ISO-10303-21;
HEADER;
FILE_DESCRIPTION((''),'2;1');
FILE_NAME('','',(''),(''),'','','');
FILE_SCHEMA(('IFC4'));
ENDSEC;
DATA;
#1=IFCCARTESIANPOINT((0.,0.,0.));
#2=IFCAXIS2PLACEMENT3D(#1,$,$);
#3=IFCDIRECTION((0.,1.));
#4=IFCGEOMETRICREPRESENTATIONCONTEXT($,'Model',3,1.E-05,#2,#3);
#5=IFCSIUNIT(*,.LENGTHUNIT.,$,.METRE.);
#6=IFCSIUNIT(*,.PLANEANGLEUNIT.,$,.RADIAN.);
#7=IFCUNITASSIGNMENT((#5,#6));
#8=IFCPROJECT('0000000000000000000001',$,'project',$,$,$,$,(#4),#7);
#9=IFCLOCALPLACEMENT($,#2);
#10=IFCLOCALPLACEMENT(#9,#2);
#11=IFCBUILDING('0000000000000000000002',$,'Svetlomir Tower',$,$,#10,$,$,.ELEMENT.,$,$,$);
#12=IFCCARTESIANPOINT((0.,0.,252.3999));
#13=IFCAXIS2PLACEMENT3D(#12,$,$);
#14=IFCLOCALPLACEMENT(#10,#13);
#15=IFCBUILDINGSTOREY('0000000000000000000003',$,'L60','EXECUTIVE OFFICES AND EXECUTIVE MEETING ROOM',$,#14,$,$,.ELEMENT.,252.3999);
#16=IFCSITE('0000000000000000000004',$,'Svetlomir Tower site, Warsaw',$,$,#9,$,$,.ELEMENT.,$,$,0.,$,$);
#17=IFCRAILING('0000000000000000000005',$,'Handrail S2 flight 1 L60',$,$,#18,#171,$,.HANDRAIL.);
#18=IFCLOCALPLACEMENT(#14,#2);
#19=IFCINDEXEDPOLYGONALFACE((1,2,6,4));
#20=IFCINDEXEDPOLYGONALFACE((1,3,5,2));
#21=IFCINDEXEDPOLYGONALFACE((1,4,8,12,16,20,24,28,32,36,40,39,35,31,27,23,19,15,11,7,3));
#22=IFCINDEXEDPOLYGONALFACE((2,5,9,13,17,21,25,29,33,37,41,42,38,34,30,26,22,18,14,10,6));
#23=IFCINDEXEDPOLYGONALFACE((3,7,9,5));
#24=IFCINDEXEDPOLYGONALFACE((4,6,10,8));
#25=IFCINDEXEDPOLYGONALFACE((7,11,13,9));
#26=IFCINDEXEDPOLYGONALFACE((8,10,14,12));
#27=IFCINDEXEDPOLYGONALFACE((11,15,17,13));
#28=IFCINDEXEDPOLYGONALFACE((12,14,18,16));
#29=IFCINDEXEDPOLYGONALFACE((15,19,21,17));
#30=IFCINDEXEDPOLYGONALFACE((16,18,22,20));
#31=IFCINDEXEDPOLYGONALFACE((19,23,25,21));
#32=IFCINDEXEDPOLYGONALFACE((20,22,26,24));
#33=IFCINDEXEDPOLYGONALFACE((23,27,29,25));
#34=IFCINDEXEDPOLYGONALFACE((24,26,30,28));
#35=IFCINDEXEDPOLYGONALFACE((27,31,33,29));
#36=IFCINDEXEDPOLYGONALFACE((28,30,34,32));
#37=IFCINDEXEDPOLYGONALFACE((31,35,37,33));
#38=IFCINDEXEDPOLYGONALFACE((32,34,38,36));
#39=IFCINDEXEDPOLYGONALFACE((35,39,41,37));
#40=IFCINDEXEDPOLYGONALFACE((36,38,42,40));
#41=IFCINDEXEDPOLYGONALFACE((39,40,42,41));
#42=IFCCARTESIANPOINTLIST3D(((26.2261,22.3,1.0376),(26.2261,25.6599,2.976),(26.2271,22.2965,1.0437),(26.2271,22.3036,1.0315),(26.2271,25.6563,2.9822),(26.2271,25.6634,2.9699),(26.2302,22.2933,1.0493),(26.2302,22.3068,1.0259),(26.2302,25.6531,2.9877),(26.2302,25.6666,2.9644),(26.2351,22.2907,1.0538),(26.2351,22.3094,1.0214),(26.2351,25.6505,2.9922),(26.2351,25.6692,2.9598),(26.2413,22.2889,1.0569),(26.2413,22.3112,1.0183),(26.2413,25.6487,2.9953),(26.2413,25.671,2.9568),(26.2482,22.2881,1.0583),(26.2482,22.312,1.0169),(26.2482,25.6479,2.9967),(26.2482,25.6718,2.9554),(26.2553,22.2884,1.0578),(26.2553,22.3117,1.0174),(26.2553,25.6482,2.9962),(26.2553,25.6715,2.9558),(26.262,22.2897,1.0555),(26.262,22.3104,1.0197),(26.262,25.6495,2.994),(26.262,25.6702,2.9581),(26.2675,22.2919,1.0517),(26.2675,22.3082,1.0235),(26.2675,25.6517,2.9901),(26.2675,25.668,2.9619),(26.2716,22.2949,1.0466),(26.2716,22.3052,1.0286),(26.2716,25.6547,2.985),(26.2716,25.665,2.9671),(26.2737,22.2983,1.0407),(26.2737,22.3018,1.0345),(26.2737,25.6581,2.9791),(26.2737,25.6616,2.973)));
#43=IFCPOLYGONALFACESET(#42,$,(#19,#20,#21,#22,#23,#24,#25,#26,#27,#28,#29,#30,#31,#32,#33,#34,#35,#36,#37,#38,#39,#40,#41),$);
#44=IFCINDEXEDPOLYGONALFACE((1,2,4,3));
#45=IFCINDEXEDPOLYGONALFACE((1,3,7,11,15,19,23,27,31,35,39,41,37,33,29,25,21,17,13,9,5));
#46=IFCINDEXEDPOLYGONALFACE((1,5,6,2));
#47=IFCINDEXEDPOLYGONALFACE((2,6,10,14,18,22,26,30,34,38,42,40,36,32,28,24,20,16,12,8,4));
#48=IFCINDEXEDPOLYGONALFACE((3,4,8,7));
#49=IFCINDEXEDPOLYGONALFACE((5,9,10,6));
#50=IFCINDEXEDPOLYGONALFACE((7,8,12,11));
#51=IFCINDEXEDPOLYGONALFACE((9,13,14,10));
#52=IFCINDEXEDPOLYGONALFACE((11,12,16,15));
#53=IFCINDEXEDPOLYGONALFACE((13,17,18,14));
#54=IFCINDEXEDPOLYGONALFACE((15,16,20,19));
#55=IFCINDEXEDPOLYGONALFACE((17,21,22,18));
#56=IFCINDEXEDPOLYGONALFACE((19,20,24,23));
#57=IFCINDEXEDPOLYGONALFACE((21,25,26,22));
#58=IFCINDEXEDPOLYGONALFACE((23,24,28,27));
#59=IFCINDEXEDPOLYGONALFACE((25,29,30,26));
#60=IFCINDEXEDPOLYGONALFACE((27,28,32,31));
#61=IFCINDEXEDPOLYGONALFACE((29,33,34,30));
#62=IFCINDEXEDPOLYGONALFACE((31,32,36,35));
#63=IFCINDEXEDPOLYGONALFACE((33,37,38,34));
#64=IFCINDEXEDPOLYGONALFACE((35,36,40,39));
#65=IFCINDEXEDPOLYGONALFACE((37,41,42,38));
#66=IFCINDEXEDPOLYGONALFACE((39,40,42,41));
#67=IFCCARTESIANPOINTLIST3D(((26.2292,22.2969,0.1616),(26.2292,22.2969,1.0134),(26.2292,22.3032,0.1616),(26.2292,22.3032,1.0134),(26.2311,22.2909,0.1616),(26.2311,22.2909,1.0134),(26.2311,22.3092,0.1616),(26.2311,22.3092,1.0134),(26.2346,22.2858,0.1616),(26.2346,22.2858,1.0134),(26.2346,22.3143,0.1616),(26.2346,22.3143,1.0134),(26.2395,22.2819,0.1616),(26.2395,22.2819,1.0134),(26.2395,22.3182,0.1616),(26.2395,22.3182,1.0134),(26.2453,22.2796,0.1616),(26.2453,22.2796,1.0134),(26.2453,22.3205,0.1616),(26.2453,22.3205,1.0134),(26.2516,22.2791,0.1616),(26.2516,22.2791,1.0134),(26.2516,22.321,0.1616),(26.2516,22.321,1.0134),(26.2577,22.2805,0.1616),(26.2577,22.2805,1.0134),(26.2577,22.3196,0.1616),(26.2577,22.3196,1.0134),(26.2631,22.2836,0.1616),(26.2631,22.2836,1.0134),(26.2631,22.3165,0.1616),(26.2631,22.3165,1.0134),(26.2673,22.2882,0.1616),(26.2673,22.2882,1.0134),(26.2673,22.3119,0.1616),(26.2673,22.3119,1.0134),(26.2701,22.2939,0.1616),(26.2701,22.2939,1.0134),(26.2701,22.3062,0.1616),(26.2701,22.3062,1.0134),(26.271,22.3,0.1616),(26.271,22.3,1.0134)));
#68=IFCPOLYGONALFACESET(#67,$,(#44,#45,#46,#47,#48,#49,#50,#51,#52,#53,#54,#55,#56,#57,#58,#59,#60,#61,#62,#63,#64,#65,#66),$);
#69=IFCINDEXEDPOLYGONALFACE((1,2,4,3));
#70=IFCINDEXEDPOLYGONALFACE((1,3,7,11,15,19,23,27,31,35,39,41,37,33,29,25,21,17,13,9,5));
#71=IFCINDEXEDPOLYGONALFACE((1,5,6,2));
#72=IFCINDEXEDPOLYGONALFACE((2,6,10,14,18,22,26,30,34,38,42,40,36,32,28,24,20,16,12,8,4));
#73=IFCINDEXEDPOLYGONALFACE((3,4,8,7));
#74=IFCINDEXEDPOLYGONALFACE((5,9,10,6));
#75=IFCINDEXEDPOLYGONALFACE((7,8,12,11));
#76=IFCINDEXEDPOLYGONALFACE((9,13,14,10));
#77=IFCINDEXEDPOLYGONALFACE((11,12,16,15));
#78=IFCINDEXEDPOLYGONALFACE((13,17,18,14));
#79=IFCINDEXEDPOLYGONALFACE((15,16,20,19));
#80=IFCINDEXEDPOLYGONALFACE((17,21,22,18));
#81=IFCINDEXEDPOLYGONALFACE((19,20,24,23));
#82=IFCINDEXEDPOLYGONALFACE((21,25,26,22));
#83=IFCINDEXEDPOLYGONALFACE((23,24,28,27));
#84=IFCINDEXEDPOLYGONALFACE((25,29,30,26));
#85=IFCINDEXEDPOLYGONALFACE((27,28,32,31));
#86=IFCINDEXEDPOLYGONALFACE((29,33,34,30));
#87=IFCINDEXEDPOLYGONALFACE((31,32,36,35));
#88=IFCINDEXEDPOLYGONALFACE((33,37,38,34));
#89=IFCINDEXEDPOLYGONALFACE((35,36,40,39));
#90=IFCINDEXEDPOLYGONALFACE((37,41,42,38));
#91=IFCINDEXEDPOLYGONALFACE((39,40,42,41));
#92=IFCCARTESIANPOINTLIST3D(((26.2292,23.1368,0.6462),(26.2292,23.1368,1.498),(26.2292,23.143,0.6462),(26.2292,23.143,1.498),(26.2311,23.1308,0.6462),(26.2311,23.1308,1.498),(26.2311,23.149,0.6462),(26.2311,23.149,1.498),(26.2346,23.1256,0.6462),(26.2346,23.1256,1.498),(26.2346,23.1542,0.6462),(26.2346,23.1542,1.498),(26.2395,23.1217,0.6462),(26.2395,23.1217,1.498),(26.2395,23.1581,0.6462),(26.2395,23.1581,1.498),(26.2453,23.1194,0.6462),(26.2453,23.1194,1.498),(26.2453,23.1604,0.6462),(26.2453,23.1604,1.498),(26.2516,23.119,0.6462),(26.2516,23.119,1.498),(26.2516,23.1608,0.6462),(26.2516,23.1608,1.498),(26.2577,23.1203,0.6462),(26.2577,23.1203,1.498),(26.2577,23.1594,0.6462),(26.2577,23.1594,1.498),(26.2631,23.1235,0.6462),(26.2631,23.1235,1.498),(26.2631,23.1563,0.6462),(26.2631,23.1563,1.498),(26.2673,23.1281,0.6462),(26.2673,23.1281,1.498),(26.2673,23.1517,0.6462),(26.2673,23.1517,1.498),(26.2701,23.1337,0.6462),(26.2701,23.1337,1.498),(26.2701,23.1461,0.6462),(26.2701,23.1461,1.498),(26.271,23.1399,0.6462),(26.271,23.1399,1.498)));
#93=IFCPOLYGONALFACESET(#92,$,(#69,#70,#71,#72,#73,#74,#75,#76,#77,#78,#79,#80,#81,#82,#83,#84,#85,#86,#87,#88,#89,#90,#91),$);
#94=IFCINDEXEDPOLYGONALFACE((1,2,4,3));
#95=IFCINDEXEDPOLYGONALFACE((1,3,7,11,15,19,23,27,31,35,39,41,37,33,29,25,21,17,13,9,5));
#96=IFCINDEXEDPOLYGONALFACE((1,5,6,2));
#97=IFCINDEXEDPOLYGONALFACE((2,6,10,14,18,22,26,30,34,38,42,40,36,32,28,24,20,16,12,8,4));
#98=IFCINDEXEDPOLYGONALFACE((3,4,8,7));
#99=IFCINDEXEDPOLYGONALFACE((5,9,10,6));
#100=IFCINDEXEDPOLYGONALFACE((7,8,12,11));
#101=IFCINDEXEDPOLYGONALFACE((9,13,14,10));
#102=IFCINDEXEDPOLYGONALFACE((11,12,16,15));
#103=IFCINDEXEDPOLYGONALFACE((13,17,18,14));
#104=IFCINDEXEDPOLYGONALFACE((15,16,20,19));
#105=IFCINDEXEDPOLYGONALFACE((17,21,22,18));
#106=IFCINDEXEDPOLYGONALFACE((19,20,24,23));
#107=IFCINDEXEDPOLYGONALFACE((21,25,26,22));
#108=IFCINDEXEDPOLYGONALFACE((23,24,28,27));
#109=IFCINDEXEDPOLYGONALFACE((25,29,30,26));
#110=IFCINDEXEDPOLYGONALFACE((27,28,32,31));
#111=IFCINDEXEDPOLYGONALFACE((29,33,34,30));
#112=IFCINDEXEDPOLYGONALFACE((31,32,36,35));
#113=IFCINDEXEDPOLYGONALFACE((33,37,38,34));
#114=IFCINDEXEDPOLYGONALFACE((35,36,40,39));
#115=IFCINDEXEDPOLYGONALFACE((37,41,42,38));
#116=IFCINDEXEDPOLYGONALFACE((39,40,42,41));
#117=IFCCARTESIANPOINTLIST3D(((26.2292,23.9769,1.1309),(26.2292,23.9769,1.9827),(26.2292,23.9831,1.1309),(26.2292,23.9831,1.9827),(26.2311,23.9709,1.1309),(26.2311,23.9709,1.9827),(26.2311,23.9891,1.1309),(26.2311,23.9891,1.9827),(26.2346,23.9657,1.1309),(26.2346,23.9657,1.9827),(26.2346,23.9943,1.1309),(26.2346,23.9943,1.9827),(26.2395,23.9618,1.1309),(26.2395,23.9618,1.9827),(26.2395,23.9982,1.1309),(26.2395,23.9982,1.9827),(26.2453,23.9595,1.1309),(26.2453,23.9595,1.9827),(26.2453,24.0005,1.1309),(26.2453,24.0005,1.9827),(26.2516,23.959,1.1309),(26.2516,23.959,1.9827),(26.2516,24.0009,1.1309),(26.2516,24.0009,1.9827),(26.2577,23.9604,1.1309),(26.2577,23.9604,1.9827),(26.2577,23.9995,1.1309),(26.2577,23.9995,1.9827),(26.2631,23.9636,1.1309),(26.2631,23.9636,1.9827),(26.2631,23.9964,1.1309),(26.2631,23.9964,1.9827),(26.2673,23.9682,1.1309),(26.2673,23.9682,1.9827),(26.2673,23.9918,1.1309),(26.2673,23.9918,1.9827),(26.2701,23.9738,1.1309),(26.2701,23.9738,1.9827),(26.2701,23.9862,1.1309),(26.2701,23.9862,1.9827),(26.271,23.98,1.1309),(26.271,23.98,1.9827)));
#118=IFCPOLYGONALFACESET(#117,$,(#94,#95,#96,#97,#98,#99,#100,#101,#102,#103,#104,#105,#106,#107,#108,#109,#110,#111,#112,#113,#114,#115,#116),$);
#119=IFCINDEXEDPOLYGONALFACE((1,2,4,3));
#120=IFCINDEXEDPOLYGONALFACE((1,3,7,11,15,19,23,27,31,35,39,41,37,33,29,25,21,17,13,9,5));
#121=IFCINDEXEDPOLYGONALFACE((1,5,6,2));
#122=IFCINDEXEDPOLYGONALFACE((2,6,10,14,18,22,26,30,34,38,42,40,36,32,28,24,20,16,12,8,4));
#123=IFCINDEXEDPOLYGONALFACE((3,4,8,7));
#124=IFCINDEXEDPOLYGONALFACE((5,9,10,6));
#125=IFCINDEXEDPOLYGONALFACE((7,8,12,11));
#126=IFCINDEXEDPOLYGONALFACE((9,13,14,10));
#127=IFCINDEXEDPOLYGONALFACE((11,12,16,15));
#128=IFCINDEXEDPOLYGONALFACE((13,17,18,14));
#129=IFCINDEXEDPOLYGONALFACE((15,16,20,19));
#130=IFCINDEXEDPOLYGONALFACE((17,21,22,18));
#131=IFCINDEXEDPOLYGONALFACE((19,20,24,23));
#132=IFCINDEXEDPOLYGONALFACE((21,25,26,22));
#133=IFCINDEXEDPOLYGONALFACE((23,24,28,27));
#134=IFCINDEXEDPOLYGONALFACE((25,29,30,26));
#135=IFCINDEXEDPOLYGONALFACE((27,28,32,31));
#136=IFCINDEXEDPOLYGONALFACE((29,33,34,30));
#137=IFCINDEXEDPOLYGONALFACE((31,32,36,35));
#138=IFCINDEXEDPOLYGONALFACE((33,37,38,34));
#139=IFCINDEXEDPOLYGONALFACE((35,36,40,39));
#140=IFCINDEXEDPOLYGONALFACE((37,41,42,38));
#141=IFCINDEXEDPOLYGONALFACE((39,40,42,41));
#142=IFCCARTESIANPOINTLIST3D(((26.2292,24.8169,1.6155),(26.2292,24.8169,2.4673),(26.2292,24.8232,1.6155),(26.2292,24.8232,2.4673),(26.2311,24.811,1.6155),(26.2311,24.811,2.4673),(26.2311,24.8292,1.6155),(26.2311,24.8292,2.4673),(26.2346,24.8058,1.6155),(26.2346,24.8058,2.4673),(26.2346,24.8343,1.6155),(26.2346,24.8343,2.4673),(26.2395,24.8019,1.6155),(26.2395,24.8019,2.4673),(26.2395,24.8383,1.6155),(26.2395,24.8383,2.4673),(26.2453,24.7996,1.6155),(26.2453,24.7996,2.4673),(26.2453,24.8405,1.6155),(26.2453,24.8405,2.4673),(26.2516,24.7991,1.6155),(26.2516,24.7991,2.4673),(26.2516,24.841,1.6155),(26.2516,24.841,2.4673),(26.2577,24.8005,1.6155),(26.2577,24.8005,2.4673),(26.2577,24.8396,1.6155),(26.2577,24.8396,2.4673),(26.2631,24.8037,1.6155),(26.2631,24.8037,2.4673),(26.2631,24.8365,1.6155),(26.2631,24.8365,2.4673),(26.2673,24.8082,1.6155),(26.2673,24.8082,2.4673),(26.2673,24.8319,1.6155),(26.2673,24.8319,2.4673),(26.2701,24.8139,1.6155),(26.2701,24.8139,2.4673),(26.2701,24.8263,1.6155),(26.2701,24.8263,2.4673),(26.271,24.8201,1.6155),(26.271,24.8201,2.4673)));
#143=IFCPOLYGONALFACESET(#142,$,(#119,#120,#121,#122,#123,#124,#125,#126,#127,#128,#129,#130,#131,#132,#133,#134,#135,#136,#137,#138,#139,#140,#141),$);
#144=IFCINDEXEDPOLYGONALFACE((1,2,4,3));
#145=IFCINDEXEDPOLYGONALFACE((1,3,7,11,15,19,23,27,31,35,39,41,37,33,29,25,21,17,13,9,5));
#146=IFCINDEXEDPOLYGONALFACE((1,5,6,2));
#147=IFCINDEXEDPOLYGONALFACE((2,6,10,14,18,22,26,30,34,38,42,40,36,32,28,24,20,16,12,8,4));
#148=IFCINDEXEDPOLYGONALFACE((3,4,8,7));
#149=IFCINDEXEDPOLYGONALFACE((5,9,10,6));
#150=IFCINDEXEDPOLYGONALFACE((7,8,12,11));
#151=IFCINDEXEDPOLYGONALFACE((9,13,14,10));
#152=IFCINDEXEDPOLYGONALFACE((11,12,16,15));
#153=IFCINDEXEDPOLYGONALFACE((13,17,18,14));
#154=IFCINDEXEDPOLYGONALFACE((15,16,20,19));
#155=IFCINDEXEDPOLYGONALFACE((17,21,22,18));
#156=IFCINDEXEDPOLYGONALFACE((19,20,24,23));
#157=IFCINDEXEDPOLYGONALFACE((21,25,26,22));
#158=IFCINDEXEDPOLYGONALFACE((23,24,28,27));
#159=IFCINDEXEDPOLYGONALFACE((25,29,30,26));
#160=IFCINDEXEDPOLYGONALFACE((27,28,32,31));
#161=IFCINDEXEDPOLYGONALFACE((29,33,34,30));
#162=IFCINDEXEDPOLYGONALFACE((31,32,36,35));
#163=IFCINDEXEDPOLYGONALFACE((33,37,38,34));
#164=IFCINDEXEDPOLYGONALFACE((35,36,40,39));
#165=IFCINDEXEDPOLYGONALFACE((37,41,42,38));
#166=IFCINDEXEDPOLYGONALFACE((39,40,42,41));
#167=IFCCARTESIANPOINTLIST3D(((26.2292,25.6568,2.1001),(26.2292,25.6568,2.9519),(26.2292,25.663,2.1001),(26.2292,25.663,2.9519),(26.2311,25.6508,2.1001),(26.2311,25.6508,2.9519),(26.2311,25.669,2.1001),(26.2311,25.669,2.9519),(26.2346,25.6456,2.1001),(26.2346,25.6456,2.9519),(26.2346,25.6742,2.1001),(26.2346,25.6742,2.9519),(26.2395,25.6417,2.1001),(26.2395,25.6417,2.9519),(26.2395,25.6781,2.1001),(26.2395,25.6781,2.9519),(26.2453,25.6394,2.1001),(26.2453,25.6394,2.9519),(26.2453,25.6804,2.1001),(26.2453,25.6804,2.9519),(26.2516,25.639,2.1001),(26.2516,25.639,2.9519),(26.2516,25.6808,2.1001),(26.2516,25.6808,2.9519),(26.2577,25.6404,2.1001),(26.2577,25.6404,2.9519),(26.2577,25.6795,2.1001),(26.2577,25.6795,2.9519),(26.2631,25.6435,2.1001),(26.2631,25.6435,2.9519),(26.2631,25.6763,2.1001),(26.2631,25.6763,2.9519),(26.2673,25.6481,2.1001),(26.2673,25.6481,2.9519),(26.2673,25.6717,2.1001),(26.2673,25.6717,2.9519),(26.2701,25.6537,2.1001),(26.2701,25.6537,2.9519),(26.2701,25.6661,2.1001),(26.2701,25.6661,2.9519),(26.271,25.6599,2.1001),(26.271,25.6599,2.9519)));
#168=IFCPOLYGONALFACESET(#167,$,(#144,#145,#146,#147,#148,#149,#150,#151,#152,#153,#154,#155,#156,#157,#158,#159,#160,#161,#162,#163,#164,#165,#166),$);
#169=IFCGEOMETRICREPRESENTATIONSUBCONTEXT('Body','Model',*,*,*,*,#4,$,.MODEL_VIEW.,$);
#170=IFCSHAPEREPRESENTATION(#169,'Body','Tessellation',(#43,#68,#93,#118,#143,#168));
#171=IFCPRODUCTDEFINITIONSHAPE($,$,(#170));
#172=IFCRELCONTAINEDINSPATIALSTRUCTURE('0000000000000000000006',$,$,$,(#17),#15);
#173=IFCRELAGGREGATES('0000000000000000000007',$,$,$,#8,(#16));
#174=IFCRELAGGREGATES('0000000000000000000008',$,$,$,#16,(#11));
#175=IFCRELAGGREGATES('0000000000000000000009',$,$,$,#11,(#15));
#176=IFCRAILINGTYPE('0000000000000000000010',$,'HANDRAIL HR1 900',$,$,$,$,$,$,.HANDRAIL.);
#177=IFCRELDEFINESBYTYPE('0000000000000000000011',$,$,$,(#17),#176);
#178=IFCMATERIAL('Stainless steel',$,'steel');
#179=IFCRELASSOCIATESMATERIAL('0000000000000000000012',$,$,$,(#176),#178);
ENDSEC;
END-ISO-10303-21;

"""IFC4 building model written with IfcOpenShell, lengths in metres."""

from ifc_helpers import new_model, si_unit, direction, frame, origin, origin_2d, place, context, subcontext, project, spatial, circle, extrude, material, type_object, element, save


model = new_model("IFC4")

# Units and contexts
model_context = context("Model", 3, precision=1e-05, world=origin(), true_north=direction((0.0, 1.0)))
body_context = subcontext(model_context, "Body", "Model", "MODEL_VIEW")
ifc_project = project(units=[si_unit("LENGTHUNIT", "METRE"), si_unit("PLANEANGLEUNIT", "RADIAN")], contexts=[model_context])

# Site, building, storey
site_placement = place(None, origin())
site = spatial("IfcSite", under=ifc_project, at=site_placement, Name="Svetlomir Tower site, Warsaw", CompositionType="ELEMENT", RefElevation=0.0)
building_placement = place(site_placement, origin())
building = spatial("IfcBuilding", under=site, at=building_placement, Name="Svetlomir Tower", CompositionType="ELEMENT")
storey_placement = place(building_placement, frame((0.0, 0.0, 252.3999)))
storey = spatial("IfcBuildingStorey", under=building, at=storey_placement, Name="L60", Description="EXECUTIVE OFFICES AND EXECUTIVE MEETING ROOM", CompositionType="ELEMENT", Elevation=252.3999)

# Railing
ifc_material_1 = material(Name="Stainless steel", Category="steel")
railing_type = type_object("IfcRailingType", Name="HANDRAIL HR1 900", PredefinedType="HANDRAIL", material=ifc_material_1)
railing_1_placement = place(storey_placement, frame((26.25, 22.3, 0.1616)))
element("IfcRailing", 1, at=railing_1_placement, inside=storey, type_object=railing_type, Name="Handrail S2 flight 1 L60", PredefinedType="HANDRAIL", context=body_context, shape_type="SweptSolid", body=[
    extrude(circle(Radius=0.0239, at=origin_2d()), frame((0.0, 0.0, 0.876), z_axis=(0.0, 0.866175, 0.499741), x_axis=(-1.0, 0.0, 0.0)), (0.0, 0.0, 1.0), 3.8789),
    extrude(circle(Radius=0.021, at=origin_2d()), origin(), (0.0, 0.0, 1.0), 0.8518),
    extrude(circle(Radius=0.021, at=origin_2d()), frame((0.0, 0.8398, 0.4846)), (0.0, 0.0, 1.0), 0.8518),
    extrude(circle(Radius=0.021, at=origin_2d()), frame((0.0, 1.6799, 0.9692)), (0.0, 0.0, 1.0), 0.8518),
    extrude(circle(Radius=0.021, at=origin_2d()), frame((0.0, 2.52, 1.4539)), (0.0, 0.0, 1.0), 0.8518),
    extrude(circle(Radius=0.021, at=origin_2d()), frame((0.0, 3.3599, 1.9385)), (0.0, 0.0, 1.0), 0.8518),
])

save(model, "model.ifc")
